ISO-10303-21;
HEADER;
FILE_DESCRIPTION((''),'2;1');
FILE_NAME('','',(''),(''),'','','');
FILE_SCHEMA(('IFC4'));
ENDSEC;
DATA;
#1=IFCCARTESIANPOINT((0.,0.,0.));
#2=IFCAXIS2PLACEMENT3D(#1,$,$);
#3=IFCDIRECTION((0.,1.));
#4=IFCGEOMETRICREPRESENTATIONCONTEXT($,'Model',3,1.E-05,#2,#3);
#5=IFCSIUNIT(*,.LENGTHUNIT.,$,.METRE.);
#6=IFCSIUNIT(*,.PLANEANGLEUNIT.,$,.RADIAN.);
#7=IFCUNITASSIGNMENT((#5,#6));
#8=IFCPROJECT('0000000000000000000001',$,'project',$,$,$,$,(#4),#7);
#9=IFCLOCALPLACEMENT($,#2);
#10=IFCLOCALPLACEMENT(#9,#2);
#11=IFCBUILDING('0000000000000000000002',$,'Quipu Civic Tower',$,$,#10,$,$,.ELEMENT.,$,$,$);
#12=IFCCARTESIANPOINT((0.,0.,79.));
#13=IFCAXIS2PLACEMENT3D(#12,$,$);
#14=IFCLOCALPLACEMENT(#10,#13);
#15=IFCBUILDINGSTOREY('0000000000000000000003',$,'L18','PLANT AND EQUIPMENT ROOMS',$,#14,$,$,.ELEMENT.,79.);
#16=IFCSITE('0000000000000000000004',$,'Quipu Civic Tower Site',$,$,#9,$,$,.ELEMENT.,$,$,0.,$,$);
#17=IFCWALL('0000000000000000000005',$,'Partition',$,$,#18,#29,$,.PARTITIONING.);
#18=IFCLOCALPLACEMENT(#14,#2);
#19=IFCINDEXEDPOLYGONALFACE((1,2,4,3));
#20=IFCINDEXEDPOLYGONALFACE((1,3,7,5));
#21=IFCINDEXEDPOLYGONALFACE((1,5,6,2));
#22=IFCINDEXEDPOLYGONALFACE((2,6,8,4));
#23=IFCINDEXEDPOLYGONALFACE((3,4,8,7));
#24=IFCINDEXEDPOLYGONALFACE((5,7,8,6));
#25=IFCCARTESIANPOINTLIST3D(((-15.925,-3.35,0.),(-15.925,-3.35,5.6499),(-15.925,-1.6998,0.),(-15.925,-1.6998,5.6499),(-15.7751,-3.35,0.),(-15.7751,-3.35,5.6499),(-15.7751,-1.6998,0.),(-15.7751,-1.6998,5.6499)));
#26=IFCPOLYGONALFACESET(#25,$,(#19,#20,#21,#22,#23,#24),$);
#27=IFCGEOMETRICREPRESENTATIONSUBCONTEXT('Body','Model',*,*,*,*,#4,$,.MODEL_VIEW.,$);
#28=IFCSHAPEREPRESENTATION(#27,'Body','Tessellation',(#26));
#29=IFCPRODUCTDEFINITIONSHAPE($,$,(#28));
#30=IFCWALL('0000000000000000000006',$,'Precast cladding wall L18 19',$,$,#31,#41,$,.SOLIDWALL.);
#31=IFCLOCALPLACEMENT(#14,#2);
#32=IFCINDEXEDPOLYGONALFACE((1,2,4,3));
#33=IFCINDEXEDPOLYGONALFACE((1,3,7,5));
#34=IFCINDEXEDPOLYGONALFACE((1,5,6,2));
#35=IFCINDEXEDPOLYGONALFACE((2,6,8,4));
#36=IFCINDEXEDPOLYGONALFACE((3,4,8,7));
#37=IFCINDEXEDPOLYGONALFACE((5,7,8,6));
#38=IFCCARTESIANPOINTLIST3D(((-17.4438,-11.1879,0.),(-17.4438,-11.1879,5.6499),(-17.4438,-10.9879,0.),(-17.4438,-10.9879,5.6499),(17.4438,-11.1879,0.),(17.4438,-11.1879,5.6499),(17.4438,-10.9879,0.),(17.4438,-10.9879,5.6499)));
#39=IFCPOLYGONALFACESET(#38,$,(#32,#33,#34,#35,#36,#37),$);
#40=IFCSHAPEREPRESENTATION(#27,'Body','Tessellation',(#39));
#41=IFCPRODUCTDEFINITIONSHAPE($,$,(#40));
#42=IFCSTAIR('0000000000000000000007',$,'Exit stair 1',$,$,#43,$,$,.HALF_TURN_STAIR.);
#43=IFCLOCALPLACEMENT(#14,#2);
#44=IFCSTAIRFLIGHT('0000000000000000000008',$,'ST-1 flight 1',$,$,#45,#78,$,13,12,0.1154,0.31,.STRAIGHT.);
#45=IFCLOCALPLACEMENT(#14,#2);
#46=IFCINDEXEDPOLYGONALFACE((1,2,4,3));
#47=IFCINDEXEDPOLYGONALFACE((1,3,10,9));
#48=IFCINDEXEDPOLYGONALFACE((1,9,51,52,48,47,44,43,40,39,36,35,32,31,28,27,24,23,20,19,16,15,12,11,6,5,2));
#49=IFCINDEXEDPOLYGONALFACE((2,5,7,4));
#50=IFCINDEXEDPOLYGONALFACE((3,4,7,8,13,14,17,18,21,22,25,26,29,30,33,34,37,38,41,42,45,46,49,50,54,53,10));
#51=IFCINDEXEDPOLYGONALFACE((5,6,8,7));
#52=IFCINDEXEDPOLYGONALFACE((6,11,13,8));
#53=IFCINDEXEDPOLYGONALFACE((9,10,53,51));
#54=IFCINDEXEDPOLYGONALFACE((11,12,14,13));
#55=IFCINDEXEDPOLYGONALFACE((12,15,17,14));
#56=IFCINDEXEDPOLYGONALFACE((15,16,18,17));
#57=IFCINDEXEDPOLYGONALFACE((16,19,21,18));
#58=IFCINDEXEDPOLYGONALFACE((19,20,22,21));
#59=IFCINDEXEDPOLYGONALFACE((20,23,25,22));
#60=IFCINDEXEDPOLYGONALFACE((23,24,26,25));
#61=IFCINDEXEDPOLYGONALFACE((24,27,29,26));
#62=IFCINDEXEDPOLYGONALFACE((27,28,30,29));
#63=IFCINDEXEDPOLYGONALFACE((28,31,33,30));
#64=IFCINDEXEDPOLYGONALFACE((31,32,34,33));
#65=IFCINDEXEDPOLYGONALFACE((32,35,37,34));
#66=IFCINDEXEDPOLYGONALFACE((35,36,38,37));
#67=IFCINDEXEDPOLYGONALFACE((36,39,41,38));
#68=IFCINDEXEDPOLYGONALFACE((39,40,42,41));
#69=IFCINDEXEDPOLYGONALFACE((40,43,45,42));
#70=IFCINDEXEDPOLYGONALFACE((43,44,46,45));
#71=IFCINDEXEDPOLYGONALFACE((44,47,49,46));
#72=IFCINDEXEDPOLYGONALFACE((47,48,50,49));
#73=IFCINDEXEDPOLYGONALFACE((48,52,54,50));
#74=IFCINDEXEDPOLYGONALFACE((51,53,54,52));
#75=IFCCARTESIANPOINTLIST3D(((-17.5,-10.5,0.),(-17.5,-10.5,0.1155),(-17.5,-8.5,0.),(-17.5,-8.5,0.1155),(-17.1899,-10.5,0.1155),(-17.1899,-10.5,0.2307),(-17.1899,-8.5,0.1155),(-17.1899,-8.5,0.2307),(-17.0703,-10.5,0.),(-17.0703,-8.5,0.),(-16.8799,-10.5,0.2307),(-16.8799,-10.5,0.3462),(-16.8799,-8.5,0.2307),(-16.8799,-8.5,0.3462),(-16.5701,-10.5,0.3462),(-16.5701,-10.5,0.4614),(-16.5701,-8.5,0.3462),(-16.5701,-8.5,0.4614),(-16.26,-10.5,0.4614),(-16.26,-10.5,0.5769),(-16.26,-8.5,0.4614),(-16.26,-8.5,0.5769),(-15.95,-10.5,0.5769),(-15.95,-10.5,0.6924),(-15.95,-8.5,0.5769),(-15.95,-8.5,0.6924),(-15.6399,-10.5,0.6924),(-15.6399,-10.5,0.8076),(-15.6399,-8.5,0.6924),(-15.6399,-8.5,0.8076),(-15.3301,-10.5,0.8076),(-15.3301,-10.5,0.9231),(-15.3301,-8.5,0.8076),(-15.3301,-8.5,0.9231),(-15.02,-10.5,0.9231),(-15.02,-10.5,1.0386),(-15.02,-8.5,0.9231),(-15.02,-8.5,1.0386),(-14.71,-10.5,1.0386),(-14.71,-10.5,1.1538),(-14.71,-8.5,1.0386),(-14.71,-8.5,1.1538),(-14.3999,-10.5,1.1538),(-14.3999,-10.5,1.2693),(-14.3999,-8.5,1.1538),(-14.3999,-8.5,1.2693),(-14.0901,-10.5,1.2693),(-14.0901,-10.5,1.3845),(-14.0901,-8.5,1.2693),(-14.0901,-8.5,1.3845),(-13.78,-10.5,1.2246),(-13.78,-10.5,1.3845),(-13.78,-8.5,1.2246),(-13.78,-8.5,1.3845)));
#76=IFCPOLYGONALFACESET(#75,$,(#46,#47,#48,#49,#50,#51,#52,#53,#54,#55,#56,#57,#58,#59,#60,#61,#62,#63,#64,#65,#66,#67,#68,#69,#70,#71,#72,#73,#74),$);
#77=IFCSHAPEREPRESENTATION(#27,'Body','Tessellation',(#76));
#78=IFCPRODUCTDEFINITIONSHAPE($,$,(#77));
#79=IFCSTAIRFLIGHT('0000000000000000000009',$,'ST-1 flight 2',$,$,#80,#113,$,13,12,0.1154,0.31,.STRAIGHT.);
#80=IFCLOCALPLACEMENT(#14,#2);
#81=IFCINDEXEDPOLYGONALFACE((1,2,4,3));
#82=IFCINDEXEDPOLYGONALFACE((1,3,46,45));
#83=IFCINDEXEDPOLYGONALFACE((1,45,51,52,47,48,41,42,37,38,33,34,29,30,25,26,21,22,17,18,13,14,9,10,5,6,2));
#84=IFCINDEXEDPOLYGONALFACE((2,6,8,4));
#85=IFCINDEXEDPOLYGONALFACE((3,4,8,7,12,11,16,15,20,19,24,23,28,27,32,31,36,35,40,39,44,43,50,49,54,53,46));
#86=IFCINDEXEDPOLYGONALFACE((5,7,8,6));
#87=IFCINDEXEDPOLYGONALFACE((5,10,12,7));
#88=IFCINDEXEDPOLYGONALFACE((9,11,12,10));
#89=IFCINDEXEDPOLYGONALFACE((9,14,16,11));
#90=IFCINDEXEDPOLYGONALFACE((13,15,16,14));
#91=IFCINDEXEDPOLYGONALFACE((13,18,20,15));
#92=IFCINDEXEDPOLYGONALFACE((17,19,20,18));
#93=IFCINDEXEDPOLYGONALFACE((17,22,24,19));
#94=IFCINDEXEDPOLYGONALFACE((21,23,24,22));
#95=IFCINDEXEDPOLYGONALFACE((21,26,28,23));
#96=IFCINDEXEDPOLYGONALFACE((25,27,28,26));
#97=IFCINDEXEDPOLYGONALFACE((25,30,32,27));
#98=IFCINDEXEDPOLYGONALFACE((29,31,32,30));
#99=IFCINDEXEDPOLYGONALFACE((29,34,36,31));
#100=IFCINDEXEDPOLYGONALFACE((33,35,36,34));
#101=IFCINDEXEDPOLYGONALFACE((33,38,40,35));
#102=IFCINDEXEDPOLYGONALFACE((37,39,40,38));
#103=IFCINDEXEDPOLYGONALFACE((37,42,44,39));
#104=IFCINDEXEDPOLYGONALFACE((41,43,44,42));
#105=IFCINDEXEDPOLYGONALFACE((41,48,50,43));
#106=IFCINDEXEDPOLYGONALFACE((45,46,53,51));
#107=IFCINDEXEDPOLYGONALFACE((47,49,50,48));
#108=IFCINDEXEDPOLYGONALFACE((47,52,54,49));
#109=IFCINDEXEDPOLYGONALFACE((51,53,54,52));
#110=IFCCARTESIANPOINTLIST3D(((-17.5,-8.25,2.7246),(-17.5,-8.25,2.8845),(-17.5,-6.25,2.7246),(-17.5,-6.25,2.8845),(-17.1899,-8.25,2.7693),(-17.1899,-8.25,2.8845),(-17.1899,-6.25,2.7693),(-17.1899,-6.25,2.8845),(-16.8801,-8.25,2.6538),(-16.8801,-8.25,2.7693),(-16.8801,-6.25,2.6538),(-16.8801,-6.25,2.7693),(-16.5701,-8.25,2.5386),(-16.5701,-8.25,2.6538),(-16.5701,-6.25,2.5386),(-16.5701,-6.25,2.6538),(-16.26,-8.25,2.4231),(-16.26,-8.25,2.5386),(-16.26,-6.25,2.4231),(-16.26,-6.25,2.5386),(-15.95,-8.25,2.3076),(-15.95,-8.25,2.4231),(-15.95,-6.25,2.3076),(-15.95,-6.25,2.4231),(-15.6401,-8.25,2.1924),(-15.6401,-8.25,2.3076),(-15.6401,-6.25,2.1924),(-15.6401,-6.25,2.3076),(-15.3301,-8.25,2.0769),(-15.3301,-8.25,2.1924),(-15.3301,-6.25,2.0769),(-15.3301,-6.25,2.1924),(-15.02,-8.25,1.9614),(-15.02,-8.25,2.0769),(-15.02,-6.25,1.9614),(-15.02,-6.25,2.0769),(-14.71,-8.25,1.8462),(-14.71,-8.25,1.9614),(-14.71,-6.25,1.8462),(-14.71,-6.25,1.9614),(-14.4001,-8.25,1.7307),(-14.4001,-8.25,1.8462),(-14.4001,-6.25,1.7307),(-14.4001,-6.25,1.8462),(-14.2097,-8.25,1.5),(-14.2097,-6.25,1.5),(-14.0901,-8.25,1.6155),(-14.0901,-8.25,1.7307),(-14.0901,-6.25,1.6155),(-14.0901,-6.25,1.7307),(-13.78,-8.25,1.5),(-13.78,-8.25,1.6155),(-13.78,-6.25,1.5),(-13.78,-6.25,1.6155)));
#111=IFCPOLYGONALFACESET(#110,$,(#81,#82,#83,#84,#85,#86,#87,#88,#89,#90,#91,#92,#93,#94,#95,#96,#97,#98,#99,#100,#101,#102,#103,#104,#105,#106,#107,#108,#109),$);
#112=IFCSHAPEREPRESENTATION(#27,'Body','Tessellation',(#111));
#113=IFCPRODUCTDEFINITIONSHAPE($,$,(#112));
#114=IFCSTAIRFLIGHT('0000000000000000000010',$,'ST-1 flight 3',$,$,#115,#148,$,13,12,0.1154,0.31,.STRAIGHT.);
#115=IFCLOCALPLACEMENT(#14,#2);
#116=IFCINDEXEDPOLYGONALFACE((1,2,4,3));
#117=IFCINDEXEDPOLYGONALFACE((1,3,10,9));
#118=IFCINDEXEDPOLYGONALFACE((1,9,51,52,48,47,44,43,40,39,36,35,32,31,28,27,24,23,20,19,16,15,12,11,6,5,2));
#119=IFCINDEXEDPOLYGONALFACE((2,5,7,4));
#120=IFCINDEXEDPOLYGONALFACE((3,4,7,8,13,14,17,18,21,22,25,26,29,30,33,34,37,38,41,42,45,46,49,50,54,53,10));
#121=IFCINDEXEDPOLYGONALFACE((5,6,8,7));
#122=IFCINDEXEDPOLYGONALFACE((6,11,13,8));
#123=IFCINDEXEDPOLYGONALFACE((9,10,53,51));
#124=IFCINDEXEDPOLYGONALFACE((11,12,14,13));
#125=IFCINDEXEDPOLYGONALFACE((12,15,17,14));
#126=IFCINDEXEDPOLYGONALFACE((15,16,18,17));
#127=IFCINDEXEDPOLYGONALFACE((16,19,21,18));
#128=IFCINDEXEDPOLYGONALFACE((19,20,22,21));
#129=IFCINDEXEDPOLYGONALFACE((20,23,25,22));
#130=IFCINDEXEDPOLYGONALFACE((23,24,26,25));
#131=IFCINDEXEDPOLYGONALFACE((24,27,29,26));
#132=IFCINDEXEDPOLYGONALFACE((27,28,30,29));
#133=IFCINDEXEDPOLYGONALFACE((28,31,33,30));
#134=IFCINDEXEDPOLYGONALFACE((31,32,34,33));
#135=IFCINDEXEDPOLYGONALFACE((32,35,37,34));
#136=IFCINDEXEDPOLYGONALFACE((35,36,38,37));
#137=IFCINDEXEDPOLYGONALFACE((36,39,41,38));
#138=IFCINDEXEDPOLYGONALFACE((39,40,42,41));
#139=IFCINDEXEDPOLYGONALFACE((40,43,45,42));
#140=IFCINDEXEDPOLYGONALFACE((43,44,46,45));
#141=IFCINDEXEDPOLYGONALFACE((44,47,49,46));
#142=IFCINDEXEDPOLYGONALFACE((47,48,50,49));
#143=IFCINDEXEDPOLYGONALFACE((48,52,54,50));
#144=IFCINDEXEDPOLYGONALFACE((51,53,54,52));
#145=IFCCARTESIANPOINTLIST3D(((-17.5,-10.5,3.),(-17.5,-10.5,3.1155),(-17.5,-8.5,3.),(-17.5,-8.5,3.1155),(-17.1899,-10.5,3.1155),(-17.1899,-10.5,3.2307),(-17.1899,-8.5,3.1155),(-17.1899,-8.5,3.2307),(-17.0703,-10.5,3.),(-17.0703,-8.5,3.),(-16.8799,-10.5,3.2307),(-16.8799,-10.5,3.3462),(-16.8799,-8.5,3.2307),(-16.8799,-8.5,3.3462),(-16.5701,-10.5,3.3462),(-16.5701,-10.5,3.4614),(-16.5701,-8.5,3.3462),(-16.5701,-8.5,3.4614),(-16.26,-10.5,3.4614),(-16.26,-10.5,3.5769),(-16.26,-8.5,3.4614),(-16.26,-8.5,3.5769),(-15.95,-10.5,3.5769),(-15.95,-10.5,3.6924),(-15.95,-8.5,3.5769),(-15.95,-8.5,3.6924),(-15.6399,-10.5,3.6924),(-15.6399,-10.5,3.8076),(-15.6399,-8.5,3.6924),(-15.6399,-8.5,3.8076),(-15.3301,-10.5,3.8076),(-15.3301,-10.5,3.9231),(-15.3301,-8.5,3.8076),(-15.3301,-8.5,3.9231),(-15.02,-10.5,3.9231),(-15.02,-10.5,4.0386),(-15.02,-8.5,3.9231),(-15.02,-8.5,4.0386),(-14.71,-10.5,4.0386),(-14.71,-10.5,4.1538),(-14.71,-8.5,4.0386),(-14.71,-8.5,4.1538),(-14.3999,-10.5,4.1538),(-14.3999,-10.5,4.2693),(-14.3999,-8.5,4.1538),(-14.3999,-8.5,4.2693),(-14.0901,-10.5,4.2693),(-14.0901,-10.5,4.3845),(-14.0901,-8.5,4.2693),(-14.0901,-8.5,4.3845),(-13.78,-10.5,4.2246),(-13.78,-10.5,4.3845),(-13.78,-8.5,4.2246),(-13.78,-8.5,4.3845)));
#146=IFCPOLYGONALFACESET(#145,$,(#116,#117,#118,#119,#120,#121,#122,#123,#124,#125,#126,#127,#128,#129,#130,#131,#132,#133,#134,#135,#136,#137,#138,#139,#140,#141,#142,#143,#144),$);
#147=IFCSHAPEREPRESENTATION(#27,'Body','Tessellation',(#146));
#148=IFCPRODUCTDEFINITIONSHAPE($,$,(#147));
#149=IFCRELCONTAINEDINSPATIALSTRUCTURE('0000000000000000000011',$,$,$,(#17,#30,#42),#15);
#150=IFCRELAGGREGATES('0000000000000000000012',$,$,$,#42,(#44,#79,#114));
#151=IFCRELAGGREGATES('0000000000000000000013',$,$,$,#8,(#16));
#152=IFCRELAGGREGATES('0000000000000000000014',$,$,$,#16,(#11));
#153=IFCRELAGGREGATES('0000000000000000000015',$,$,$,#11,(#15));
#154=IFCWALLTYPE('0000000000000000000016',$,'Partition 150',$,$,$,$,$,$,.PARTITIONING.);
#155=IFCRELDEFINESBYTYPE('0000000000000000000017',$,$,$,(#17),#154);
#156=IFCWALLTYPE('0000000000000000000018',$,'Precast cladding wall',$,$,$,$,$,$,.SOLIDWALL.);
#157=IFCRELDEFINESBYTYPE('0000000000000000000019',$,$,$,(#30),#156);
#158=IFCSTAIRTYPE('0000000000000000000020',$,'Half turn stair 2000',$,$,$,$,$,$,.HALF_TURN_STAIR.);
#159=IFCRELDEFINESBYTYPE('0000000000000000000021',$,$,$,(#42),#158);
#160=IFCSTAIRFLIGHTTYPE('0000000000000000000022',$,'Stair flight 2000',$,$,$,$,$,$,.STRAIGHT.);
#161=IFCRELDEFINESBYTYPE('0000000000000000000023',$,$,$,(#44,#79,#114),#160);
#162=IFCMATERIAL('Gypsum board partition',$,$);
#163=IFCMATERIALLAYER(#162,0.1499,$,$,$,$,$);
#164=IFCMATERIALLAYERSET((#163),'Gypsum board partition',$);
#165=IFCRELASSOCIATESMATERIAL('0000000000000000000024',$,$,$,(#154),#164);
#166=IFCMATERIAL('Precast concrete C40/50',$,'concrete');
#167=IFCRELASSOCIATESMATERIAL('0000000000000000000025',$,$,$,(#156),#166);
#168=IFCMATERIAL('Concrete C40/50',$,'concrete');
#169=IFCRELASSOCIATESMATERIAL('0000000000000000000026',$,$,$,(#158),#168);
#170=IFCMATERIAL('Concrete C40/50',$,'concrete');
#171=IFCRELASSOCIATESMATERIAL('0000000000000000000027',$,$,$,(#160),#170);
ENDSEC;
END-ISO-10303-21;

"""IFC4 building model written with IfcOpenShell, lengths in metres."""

from ifc_helpers import new_model, si_unit, direction, frame, frame_2d, origin, place, context, subcontext, project, spatial, polyline, rectangle, outline, extrude, material, layer, layer_set, type_object, element, aggregate, save


model = new_model("IFC4")

# Units and contexts
model_context = context("Model", 3, precision=1e-05, world=origin(), true_north=direction((0.0, 1.0)))
body_context = subcontext(model_context, "Body", "Model", "MODEL_VIEW")
ifc_project = project(units=[si_unit("LENGTHUNIT", "METRE"), si_unit("PLANEANGLEUNIT", "RADIAN")], contexts=[model_context])

# Site, building, storey
site_placement = place(None, origin())
site = spatial("IfcSite", under=ifc_project, at=site_placement, Name="Quipu Civic Tower Site", CompositionType="ELEMENT", RefElevation=0.0)
building_placement = place(site_placement, origin())
building = spatial("IfcBuilding", under=site, at=building_placement, Name="Quipu Civic Tower", CompositionType="ELEMENT")
storey_placement = place(building_placement, frame((0.0, 0.0, 79.0)))
storey = spatial("IfcBuildingStorey", under=building, at=storey_placement, Name="L18", Description="PLANT AND EQUIPMENT ROOMS", CompositionType="ELEMENT", Elevation=79.0)

# Walls
ifc_material_1 = material(Name="Gypsum board partition")
ifc_layer_1 = layer(ifc_material_1, 0.1499)
ifc_layer_set_1 = layer_set([ifc_layer_1], Name="Gypsum board partition")
wall_type_1 = type_object("IfcWallType", Name="Partition 150", PredefinedType="PARTITIONING", material=ifc_layer_set_1)
wall_1_placement = place(storey_placement, frame((-15.8501, -3.3501, 0.0), z_axis=(0.0, 0.0, 1.0), x_axis=(0.0, 1.0, 0.0)))
element("IfcWall", 1, at=wall_1_placement, inside=storey, type_object=wall_type_1, Name="Partition", PredefinedType="PARTITIONING", context=body_context, shape_type="SweptSolid", body=[
    extrude(rectangle(XDim=1.6501, YDim=0.1499, at=frame_2d((0.8252, 0.0))), origin(), (0.0, 0.0, 1.0), 5.6499),
])
ifc_material_2 = material(Name="Precast concrete C40/50", Category="concrete")
wall_type_2 = type_object("IfcWallType", Name="Precast cladding wall", PredefinedType="SOLIDWALL", material=ifc_material_2)
wall_2_placement = place(storey_placement, frame((-17.4438, -11.0879, 0.0), z_axis=(0.0, 0.0, 1.0), x_axis=(1.0, 0.0, 0.0)))
element("IfcWall", 2, at=wall_2_placement, inside=storey, type_object=wall_type_2, Name="Precast cladding wall L18 19", PredefinedType="SOLIDWALL", context=body_context, shape_type="SweptSolid", body=[
    extrude(rectangle(XDim=34.8877, YDim=0.2, at=frame_2d((17.4438, 0.0))), origin(), (0.0, 0.0, 1.0), 5.6499),
])

# Stair, stair flights
ifc_material_3 = material(Name="Concrete C40/50", Category="concrete")
stair_type = type_object("IfcStairType", Name="Half turn stair 2000", PredefinedType="HALF_TURN_STAIR", material=ifc_material_3)
stair_placement = place(storey_placement, origin())
stair = element("IfcStair", 3, at=stair_placement, inside=storey, type_object=stair_type, Name="Exit stair 1", PredefinedType="HALF_TURN_STAIR")
ifc_material_4 = material(Name="Concrete C40/50", Category="concrete")
stair_flight_type = type_object("IfcStairFlightType", Name="Stair flight 2000", PredefinedType="STRAIGHT", material=ifc_material_4)
stair_flight_1_placement = place(storey_placement, frame((-17.5, -9.5, 0.0), z_axis=(0.0, 0.0, 1.0), x_axis=(1.0, 0.0, 0.0)))
stair_flight_1 = element("IfcStairFlight", 4, at=stair_flight_1_placement, type_object=stair_flight_type, Name="ST-1 flight 1", NumberOfRisers=13, NumberOfTreads=12, PredefinedType="STRAIGHT", RiserHeight=0.1154, TreadLength=0.31, context=body_context, shape_type="SweptSolid", body=[
    extrude(outline(polyline([(0.0, 0.0), (0.0, 0.1155), (0.3101, 0.1155), (0.3101, 0.2307), (0.6201, 0.2307), (0.6201, 0.3462), (0.9299, 0.3462), (0.9299, 0.4614), (1.24, 0.4614), (1.24, 0.5769), (1.55, 0.5769), (1.55, 0.6924), (1.8601, 0.6924), (1.8601, 0.8076), (2.1699, 0.8076), (2.1699, 0.9231), (2.48, 0.9231), (2.48, 1.0386), (2.79, 1.0386), (2.79, 1.1538), (3.1001, 1.1538), (3.1001, 1.2693), (3.4099, 1.2693), (3.4099, 1.3845), (3.72, 1.3845), (3.72, 1.5), (3.72, 1.2246), (0.4297, 0.0), (0.0, 0.0)])), frame((0.0, 1.0, 0.0), z_axis=(0.0, -1.0, 0.0), x_axis=(1.0, 0.0, 0.0)), (0.0, 0.0, 1.0), 2.0),
])
stair_flight_2_placement = place(storey_placement, frame((-13.78, -7.25, 1.5), z_axis=(0.0, 0.0, 1.0), x_axis=(-1.0, 0.0, 0.0)))
stair_flight_2 = element("IfcStairFlight", 5, at=stair_flight_2_placement, type_object=stair_flight_type, Name="ST-1 flight 2", NumberOfRisers=13, NumberOfTreads=12, PredefinedType="STRAIGHT", RiserHeight=0.1154, TreadLength=0.31, context=body_context, shape_type="SweptSolid", body=[
    extrude(outline(polyline([(0.0, 0.0), (0.0, 0.1155), (0.3101, 0.1155), (0.3101, 0.2307), (0.6201, 0.2307), (0.6201, 0.3462), (0.9299, 0.3462), (0.9299, 0.4614), (1.24, 0.4614), (1.24, 0.5769), (1.55, 0.5769), (1.55, 0.6924), (1.8601, 0.6924), (1.8601, 0.8076), (2.1699, 0.8076), (2.1699, 0.9231), (2.48, 0.9231), (2.48, 1.0386), (2.79, 1.0386), (2.79, 1.1538), (3.1001, 1.1538), (3.1001, 1.2693), (3.4099, 1.2693), (3.4099, 1.3845), (3.72, 1.3845), (3.72, 1.5), (3.72, 1.2246), (0.4297, 0.0), (0.0, 0.0)])), frame((0.0, 1.0, 0.0), z_axis=(0.0, -1.0, 0.0), x_axis=(1.0, 0.0, 0.0)), (0.0, 0.0, 1.0), 2.0),
])
stair_flight_3_placement = place(storey_placement, frame((-17.5, -9.5, 3.0), z_axis=(0.0, 0.0, 1.0), x_axis=(1.0, 0.0, 0.0)))
stair_flight_3 = element("IfcStairFlight", 6, at=stair_flight_3_placement, type_object=stair_flight_type, Name="ST-1 flight 3", NumberOfRisers=13, NumberOfTreads=12, PredefinedType="STRAIGHT", RiserHeight=0.1154, TreadLength=0.31, context=body_context, shape_type="SweptSolid", body=[
    extrude(outline(polyline([(0.0, 0.0), (0.0, 0.1155), (0.3101, 0.1155), (0.3101, 0.2307), (0.6201, 0.2307), (0.6201, 0.3462), (0.9299, 0.3462), (0.9299, 0.4614), (1.24, 0.4614), (1.24, 0.5769), (1.55, 0.5769), (1.55, 0.6924), (1.8601, 0.6924), (1.8601, 0.8076), (2.1699, 0.8076), (2.1699, 0.9231), (2.48, 0.9231), (2.48, 1.0386), (2.79, 1.0386), (2.79, 1.1538), (3.1001, 1.1538), (3.1001, 1.2693), (3.4099, 1.2693), (3.4099, 1.3845), (3.72, 1.3845), (3.72, 1.5), (3.72, 1.2246), (0.4297, 0.0), (0.0, 0.0)])), frame((0.0, 1.0, 0.0), z_axis=(0.0, -1.0, 0.0), x_axis=(1.0, 0.0, 0.0)), (0.0, 0.0, 1.0), 2.0),
])
aggregate(stair, [stair_flight_1, stair_flight_2, stair_flight_3])

save(model, "model.ifc")
